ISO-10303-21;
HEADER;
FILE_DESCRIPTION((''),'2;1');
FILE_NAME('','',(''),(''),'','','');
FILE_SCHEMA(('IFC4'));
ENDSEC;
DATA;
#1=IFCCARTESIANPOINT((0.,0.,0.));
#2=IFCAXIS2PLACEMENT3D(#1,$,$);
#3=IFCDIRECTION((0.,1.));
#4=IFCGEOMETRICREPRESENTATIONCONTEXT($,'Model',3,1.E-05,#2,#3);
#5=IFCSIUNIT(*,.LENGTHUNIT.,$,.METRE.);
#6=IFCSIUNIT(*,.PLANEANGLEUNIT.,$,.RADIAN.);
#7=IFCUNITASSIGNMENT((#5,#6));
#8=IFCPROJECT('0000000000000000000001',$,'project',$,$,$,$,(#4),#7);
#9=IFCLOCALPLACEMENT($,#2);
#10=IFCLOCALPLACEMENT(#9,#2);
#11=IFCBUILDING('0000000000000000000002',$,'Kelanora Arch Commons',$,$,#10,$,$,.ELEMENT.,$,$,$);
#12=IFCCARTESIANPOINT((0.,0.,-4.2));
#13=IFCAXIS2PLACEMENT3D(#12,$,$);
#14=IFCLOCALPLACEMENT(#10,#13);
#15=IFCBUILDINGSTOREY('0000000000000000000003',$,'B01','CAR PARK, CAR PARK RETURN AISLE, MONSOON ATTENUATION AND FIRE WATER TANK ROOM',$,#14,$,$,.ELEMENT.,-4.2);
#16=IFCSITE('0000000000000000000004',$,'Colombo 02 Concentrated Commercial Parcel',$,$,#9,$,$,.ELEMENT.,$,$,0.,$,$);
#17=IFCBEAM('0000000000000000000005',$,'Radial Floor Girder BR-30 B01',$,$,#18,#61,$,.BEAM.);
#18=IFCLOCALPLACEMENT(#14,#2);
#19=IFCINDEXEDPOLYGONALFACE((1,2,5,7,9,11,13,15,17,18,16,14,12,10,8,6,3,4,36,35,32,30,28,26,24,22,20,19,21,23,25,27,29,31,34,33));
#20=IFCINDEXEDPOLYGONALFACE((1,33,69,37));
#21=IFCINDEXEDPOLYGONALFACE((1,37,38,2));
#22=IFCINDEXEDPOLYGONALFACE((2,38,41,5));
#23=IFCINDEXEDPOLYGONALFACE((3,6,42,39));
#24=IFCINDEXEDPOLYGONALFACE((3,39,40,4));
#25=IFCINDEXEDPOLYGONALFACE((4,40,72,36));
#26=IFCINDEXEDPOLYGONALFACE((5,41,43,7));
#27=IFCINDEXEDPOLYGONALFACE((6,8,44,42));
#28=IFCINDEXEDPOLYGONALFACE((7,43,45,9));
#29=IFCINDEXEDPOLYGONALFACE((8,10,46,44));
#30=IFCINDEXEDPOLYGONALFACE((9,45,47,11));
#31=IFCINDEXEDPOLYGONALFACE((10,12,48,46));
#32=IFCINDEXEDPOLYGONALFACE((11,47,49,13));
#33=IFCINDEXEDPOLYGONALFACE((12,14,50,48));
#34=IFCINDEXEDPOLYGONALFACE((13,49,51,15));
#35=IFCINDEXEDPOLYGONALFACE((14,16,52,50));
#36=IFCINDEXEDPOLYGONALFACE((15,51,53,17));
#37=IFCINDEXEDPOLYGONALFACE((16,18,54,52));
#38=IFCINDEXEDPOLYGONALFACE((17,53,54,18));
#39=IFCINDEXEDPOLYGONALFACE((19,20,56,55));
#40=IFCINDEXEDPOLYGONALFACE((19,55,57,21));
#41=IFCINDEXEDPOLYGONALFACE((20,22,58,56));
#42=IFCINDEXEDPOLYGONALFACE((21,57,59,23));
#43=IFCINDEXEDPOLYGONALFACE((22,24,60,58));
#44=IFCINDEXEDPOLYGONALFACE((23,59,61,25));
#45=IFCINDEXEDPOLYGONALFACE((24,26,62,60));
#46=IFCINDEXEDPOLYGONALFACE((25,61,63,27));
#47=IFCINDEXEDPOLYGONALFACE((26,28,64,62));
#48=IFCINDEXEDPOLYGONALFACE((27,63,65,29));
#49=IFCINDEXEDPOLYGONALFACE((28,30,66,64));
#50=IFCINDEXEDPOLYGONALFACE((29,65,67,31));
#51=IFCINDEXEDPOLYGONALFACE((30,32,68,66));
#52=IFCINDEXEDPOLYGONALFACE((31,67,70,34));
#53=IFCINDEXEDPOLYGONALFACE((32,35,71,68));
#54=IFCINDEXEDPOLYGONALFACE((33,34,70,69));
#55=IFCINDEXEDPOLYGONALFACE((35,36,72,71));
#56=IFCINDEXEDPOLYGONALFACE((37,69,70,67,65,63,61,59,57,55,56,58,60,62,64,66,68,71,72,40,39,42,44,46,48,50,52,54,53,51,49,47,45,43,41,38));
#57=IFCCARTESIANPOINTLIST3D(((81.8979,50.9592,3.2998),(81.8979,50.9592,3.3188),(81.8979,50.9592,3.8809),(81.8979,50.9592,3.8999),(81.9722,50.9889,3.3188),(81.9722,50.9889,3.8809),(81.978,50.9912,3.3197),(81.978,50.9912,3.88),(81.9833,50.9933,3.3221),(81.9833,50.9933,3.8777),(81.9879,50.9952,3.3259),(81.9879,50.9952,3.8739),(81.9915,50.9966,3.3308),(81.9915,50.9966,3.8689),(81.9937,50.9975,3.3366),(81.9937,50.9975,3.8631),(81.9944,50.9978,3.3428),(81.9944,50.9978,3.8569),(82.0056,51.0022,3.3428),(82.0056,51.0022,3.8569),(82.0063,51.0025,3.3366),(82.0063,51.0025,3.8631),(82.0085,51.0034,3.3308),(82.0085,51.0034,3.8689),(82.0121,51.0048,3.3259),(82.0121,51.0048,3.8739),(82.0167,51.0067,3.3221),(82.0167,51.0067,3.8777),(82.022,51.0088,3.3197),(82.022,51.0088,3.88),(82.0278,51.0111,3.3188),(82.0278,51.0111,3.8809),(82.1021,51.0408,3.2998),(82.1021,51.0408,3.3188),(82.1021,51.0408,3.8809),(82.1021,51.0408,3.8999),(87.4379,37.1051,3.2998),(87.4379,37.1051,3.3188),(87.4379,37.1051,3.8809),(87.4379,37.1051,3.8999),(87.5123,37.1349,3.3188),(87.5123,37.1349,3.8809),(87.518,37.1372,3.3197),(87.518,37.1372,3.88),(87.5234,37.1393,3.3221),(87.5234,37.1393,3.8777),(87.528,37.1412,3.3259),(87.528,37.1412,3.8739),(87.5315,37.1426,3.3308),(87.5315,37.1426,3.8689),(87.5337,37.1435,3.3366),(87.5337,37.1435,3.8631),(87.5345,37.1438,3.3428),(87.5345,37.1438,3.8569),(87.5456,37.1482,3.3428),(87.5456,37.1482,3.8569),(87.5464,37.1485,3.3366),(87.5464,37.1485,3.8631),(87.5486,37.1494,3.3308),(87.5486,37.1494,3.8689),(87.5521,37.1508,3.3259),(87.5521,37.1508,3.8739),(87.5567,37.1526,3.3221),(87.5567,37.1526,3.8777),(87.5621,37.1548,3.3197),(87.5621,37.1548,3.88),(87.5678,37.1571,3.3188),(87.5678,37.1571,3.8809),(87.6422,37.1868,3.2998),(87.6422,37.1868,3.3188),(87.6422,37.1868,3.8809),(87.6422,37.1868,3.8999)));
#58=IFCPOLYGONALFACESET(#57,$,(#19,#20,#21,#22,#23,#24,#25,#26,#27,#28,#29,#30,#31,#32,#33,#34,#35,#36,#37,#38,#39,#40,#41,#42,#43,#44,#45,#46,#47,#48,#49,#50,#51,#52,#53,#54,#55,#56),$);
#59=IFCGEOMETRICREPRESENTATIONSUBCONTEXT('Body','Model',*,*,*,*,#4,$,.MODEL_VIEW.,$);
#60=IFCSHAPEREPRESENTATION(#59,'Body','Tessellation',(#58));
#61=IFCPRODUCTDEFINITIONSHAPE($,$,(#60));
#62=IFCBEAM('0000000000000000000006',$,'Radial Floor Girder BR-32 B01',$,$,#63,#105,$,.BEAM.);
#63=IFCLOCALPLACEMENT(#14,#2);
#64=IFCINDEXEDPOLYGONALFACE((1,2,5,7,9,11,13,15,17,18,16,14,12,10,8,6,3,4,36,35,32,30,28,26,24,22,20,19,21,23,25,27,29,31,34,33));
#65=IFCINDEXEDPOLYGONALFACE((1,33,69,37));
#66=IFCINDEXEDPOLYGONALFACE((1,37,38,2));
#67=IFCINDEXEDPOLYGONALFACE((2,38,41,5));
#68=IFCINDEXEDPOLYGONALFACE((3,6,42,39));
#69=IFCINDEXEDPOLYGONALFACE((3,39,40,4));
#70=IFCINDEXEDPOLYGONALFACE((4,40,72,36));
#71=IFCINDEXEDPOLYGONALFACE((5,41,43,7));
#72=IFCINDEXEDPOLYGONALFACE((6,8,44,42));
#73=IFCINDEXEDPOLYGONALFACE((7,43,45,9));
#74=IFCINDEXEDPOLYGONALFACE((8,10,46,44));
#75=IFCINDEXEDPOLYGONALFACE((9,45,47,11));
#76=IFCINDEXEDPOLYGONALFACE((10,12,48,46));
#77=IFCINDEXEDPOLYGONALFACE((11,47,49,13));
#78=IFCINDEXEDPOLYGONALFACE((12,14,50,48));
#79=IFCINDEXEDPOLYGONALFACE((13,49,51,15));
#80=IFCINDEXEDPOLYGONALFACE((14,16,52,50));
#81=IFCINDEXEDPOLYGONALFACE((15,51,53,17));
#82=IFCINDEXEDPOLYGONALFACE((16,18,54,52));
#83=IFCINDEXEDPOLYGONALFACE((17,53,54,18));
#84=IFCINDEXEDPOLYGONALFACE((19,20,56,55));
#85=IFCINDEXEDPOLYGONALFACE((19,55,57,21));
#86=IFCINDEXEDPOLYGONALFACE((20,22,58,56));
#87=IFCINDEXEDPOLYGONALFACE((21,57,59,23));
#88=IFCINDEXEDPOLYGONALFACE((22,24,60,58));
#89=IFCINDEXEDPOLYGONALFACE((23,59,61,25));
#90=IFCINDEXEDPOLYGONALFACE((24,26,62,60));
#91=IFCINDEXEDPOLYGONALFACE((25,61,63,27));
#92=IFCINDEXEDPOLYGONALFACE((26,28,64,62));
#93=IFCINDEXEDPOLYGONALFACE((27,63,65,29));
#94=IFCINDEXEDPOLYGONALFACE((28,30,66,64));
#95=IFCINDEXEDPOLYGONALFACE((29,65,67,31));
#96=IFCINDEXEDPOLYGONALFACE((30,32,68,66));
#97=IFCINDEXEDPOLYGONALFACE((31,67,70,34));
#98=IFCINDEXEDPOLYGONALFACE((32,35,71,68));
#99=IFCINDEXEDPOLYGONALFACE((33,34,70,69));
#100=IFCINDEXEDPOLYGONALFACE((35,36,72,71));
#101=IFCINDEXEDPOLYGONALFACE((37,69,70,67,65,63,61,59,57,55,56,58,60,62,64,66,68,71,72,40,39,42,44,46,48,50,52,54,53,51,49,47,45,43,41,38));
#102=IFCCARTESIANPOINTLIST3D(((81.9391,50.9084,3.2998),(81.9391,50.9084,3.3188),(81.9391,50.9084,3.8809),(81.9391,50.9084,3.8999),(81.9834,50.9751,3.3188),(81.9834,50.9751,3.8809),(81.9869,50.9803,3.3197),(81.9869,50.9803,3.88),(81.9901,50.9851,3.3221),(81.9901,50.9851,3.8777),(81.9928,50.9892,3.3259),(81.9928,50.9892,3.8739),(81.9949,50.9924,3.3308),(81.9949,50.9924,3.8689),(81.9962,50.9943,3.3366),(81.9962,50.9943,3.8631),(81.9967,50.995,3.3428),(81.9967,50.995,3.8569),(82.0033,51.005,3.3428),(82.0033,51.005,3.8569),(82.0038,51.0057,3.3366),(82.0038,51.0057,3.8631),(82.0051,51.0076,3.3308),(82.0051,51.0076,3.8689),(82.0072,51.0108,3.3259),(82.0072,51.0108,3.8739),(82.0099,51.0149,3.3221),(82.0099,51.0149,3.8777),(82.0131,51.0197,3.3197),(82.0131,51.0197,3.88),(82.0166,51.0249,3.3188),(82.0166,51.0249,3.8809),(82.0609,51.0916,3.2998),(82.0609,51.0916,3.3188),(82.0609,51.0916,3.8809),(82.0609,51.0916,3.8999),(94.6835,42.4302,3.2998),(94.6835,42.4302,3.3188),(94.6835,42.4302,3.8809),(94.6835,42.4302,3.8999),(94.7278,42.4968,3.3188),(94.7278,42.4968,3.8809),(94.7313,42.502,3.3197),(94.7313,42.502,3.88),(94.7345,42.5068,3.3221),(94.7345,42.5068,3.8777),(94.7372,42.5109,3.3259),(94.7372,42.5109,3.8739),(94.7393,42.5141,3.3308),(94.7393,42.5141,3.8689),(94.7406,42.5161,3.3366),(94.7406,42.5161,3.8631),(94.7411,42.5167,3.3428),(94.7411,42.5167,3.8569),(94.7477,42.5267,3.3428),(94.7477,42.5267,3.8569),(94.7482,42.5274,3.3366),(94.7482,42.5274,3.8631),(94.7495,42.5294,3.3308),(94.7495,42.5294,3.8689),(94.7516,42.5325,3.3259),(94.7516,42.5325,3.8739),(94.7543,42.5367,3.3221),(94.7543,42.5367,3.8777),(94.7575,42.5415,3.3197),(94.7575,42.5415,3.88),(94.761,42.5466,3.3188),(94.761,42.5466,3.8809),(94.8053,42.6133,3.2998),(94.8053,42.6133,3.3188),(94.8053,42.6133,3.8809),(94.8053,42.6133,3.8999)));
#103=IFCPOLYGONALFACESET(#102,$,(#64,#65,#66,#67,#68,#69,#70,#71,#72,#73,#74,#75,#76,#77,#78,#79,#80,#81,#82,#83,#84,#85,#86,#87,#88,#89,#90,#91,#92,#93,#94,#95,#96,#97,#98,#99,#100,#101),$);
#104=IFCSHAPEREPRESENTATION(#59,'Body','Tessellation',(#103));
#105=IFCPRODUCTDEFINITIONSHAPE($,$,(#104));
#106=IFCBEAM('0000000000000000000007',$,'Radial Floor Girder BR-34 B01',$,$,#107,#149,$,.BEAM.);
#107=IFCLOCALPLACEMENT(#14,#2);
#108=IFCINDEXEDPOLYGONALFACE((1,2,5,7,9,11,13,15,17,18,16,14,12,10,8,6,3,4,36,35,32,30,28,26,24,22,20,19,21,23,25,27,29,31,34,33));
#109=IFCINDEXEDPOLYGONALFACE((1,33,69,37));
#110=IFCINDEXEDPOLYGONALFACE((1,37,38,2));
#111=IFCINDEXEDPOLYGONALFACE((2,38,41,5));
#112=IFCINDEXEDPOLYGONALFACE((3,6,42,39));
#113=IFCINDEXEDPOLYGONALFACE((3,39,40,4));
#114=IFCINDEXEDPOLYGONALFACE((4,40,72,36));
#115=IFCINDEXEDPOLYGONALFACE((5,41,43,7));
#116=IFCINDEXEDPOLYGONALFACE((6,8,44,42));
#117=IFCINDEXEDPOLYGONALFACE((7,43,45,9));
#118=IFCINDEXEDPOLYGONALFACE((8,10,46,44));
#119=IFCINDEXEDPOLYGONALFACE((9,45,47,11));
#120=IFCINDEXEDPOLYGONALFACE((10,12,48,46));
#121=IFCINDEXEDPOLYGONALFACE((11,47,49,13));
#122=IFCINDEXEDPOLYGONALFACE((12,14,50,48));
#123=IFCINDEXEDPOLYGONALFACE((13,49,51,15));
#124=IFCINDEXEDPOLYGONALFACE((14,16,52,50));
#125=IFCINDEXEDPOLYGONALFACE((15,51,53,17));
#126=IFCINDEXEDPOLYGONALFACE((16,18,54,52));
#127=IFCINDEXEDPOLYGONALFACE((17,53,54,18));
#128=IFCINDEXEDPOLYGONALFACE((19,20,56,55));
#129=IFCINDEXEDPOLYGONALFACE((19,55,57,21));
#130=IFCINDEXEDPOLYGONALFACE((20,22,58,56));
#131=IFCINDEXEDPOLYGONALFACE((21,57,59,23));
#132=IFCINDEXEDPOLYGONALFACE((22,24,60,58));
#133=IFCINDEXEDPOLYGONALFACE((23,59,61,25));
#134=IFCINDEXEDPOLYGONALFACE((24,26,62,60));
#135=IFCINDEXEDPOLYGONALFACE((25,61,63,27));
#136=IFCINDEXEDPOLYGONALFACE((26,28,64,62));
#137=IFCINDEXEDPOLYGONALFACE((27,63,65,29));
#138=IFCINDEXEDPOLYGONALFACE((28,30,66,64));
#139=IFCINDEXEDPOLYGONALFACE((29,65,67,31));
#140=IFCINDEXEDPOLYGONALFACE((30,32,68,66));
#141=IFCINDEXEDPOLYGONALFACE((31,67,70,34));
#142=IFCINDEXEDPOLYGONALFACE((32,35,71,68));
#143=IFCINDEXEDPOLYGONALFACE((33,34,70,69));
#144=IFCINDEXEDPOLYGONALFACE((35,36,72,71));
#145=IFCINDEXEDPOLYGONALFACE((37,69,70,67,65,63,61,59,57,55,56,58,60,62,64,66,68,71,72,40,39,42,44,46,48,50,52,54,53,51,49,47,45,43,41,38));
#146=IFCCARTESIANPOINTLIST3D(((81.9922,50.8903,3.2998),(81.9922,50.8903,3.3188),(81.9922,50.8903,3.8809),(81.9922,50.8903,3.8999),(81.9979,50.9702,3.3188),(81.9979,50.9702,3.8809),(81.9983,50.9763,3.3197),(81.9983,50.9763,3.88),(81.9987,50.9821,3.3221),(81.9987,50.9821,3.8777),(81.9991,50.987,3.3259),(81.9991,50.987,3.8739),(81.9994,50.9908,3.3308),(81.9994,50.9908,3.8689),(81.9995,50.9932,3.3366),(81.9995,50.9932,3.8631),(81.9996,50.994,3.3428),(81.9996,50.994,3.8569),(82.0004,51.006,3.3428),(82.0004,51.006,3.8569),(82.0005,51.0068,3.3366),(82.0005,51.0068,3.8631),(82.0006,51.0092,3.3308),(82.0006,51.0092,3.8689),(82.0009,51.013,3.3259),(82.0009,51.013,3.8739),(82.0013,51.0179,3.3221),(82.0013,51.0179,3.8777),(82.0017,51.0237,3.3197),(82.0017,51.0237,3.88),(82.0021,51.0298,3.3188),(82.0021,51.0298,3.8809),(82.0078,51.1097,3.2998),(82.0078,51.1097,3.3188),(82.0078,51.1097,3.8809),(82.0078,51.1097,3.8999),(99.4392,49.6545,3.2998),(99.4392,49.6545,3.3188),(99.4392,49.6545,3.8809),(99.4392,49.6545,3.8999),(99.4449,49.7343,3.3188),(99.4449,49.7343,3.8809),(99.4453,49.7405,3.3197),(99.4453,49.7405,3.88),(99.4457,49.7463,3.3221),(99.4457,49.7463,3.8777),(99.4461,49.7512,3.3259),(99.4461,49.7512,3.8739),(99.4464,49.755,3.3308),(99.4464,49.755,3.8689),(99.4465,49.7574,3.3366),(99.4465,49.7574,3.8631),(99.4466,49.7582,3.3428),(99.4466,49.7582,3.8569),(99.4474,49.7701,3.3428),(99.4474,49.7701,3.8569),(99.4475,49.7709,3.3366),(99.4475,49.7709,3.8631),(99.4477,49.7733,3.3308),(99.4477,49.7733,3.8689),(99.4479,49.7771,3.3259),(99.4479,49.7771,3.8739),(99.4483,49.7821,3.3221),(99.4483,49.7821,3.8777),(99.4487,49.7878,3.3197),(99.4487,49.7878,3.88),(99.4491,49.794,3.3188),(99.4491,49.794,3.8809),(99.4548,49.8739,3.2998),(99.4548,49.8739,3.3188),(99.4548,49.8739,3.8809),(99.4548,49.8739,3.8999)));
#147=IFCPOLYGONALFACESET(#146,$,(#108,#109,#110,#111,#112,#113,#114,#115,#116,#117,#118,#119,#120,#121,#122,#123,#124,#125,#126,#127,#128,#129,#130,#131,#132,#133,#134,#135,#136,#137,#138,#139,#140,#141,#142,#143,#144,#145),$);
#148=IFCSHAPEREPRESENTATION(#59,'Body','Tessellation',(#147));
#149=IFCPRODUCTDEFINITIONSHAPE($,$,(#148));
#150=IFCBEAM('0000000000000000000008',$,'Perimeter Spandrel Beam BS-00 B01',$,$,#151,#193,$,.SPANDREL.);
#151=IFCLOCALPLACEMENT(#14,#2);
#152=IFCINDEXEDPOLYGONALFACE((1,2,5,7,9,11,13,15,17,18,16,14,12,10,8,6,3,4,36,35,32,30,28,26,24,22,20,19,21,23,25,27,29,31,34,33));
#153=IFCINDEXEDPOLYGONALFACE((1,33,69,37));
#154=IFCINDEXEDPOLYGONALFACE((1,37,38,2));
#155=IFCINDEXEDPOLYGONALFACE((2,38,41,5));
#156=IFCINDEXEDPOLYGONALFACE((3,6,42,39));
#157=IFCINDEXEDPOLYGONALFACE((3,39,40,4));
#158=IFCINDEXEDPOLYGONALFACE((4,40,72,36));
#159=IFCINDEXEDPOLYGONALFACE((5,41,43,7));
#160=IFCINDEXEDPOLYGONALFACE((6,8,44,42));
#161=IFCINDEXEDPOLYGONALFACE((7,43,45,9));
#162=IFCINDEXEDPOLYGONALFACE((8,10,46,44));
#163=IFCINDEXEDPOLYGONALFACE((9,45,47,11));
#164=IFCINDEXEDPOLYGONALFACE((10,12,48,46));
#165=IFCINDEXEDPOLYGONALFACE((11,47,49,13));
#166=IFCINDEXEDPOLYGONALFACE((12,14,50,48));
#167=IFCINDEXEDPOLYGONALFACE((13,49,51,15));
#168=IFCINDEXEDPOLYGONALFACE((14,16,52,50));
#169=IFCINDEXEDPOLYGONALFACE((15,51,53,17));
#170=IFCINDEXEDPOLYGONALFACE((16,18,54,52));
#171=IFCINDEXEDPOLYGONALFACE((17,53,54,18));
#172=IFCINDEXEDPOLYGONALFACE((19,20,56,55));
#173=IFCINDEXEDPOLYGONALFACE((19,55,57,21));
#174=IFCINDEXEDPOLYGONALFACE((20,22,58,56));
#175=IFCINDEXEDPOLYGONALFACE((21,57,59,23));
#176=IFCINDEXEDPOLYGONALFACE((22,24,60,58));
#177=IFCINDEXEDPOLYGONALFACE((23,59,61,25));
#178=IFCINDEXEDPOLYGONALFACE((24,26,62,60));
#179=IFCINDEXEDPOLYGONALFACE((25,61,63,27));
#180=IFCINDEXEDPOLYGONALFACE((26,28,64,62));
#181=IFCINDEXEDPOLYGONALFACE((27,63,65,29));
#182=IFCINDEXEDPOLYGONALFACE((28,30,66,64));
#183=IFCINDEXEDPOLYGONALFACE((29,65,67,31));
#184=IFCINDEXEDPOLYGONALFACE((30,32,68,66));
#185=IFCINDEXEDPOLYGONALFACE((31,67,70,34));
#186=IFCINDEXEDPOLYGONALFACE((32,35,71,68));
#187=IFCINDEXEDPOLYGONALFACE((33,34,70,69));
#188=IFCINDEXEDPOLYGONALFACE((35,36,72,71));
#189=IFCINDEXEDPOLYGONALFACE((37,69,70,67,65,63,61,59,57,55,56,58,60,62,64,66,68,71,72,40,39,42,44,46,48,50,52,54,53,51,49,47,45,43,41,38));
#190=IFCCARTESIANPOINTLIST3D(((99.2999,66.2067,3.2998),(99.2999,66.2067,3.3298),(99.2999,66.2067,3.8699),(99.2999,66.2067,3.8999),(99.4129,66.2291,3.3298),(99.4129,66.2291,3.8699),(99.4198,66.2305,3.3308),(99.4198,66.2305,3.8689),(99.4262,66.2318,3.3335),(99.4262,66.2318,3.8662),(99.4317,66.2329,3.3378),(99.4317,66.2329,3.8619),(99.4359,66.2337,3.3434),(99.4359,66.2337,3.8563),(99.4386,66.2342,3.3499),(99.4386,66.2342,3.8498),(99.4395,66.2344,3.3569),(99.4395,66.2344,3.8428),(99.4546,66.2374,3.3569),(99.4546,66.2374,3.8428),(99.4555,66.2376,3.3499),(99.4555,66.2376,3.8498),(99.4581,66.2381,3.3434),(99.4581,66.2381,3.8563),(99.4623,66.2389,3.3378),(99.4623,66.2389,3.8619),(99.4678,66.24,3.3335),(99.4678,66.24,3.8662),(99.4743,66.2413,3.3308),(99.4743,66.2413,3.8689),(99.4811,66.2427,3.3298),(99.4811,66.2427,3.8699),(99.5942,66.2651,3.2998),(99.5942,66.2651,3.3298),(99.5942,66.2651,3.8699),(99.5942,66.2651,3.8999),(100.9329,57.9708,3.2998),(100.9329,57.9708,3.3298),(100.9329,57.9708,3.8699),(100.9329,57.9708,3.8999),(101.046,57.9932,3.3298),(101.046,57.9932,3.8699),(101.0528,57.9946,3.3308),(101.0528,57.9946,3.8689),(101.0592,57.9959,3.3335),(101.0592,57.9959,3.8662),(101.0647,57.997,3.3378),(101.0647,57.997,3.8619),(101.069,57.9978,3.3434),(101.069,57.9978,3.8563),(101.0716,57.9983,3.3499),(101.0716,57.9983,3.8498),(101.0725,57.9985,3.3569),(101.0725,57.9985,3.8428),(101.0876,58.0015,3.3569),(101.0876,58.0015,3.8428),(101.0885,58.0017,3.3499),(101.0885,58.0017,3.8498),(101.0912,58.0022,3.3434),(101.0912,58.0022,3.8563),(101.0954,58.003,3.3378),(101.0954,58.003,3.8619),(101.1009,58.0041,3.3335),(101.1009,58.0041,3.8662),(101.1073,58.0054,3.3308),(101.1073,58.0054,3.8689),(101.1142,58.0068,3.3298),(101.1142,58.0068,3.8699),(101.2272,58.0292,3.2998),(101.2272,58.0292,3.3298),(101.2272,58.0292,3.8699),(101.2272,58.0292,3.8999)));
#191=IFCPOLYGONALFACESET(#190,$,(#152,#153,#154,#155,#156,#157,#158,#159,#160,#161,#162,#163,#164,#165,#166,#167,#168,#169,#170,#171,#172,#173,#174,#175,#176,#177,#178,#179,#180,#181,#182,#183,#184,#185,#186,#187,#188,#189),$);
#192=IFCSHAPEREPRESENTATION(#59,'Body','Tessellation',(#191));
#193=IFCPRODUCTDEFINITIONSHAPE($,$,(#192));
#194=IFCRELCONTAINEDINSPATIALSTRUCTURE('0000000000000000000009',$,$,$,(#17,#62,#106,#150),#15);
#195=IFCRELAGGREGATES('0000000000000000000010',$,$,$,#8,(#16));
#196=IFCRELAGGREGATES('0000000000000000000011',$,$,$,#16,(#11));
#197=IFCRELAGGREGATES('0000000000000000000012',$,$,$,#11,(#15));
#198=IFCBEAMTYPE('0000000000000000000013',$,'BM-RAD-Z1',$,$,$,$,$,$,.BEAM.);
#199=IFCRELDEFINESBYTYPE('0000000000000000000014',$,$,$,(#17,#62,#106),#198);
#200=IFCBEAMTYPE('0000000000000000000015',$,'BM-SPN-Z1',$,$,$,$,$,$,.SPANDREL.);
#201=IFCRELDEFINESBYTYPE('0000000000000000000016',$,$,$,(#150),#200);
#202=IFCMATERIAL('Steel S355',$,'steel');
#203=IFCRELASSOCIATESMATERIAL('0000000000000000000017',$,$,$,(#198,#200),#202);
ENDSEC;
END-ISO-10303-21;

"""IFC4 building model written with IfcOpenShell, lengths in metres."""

from ifc_helpers import new_model, si_unit, direction, frame, origin, origin_2d, place, context, subcontext, project, spatial, i_section, extrude, material, material_profile, profile_set, type_object, element, save


model = new_model("IFC4")

# Units and contexts
model_context = context("Model", 3, precision=1e-05, world=origin(), true_north=direction((0.0, 1.0)))
body_context = subcontext(model_context, "Body", "Model", "MODEL_VIEW")
ifc_project = project(units=[si_unit("LENGTHUNIT", "METRE"), si_unit("PLANEANGLEUNIT", "RADIAN")], contexts=[model_context])

# Site, building, storey
site_placement = place(None, origin())
site = spatial("IfcSite", under=ifc_project, at=site_placement, Name="Colombo 02 Concentrated Commercial Parcel", CompositionType="ELEMENT", RefElevation=0.0)
building_placement = place(site_placement, origin())
building = spatial("IfcBuilding", under=site, at=building_placement, Name="Kelanora Arch Commons", CompositionType="ELEMENT")
storey_placement = place(building_placement, frame((0.0, 0.0, -4.2)))
storey = spatial("IfcBuildingStorey", under=building, at=storey_placement, Name="B01", Description="CAR PARK, CAR PARK RETURN AISLE, MONSOON ATTENUATION AND FIRE WATER TANK ROOM", CompositionType="ELEMENT", Elevation=-4.2)

# Shared definitions
ifc_material_1 = material(Name="Steel S355", Category="steel")

# Beams
ifc_material_profile_1 = material_profile(ifc_material_1, i_section(OverallWidth=0.22, OverallDepth=0.6001, WebThickness=0.012, FlangeThickness=0.019, FilletRadius=0.0239, at=origin_2d()), Name="IPE600")
ifc_profile_set_1 = profile_set([ifc_material_profile_1], Name="Steel S355")
beam_type_1 = type_object("IfcBeamType", Name="BM-RAD-Z1", PredefinedType="BEAM", material=ifc_profile_set_1)
beam_1_placement = place(storey_placement, frame((82.0, 51.0, 3.5999), z_axis=(0.3713, -0.928513, 0.0), x_axis=(0.928513, 0.3713, 0.0)))
element("IfcBeam", 1, at=beam_1_placement, inside=storey, type_object=beam_type_1, Name="Radial Floor Girder BR-30 B01", PredefinedType="BEAM", context=body_context, shape_type="SweptSolid", body=[
    extrude(i_section(OverallWidth=0.22, OverallDepth=0.6001, WebThickness=0.012, FlangeThickness=0.019, FilletRadius=0.0239, at=origin_2d()), origin(), (0.0, 0.0, 1.0), 14.9207),
])
beam_2_placement = place(storey_placement, frame((82.0, 51.0, 3.5999), z_axis=(0.832592, -0.553886, 0.0), x_axis=(0.553886, 0.832592, 0.0)))
element("IfcBeam", 2, at=beam_2_placement, inside=storey, type_object=beam_type_1, Name="Radial Floor Girder BR-32 B01", PredefinedType="BEAM", context=body_context, shape_type="SweptSolid", body=[
    extrude(i_section(OverallWidth=0.22, OverallDepth=0.6001, WebThickness=0.012, FlangeThickness=0.019, FilletRadius=0.0239, at=origin_2d()), origin(), (0.0, 0.0, 1.0), 15.3069),
])
beam_3_placement = place(storey_placement, frame((82.0, 51.0, 3.5999), z_axis=(0.997501, -0.070657, 0.0), x_axis=(0.070657, 0.997501, 0.0)))
element("IfcBeam", 3, at=beam_3_placement, inside=storey, type_object=beam_type_1, Name="Radial Floor Girder BR-34 B01", PredefinedType="BEAM", context=body_context, shape_type="SweptSolid", body=[
    extrude(i_section(OverallWidth=0.22, OverallDepth=0.6001, WebThickness=0.012, FlangeThickness=0.019, FilletRadius=0.0239, at=origin_2d()), origin(), (0.0, 0.0, 1.0), 17.4907),
])
ifc_material_profile_2 = material_profile(ifc_material_1, i_section(OverallWidth=0.3, OverallDepth=0.6001, WebThickness=0.0154, FlangeThickness=0.03, FilletRadius=0.0271, at=origin_2d()), Name="HEB600")
ifc_profile_set_2 = profile_set([ifc_material_profile_2], Name="Steel S355")
beam_type_2 = type_object("IfcBeamType", Name="BM-SPN-Z1", PredefinedType="SPANDREL", material=ifc_profile_set_2)
beam_4_placement = place(storey_placement, frame((101.0801, 58.0, 3.5999), z_axis=(-0.1945, 0.980903, 0.0), x_axis=(-0.980903, -0.1945, 0.0)))
element("IfcBeam", 4, at=beam_4_placement, inside=storey, type_object=beam_type_2, Name="Perimeter Spandrel Beam BS-00 B01", PredefinedType="SPANDREL", context=body_context, shape_type="SweptSolid", body=[
    extrude(i_section(OverallWidth=0.3, OverallDepth=0.6001, WebThickness=0.0154, FlangeThickness=0.03, FilletRadius=0.0271, at=origin_2d()), origin(), (0.0, 0.0, 1.0), 8.3962),
])

save(model, "model.ifc")
